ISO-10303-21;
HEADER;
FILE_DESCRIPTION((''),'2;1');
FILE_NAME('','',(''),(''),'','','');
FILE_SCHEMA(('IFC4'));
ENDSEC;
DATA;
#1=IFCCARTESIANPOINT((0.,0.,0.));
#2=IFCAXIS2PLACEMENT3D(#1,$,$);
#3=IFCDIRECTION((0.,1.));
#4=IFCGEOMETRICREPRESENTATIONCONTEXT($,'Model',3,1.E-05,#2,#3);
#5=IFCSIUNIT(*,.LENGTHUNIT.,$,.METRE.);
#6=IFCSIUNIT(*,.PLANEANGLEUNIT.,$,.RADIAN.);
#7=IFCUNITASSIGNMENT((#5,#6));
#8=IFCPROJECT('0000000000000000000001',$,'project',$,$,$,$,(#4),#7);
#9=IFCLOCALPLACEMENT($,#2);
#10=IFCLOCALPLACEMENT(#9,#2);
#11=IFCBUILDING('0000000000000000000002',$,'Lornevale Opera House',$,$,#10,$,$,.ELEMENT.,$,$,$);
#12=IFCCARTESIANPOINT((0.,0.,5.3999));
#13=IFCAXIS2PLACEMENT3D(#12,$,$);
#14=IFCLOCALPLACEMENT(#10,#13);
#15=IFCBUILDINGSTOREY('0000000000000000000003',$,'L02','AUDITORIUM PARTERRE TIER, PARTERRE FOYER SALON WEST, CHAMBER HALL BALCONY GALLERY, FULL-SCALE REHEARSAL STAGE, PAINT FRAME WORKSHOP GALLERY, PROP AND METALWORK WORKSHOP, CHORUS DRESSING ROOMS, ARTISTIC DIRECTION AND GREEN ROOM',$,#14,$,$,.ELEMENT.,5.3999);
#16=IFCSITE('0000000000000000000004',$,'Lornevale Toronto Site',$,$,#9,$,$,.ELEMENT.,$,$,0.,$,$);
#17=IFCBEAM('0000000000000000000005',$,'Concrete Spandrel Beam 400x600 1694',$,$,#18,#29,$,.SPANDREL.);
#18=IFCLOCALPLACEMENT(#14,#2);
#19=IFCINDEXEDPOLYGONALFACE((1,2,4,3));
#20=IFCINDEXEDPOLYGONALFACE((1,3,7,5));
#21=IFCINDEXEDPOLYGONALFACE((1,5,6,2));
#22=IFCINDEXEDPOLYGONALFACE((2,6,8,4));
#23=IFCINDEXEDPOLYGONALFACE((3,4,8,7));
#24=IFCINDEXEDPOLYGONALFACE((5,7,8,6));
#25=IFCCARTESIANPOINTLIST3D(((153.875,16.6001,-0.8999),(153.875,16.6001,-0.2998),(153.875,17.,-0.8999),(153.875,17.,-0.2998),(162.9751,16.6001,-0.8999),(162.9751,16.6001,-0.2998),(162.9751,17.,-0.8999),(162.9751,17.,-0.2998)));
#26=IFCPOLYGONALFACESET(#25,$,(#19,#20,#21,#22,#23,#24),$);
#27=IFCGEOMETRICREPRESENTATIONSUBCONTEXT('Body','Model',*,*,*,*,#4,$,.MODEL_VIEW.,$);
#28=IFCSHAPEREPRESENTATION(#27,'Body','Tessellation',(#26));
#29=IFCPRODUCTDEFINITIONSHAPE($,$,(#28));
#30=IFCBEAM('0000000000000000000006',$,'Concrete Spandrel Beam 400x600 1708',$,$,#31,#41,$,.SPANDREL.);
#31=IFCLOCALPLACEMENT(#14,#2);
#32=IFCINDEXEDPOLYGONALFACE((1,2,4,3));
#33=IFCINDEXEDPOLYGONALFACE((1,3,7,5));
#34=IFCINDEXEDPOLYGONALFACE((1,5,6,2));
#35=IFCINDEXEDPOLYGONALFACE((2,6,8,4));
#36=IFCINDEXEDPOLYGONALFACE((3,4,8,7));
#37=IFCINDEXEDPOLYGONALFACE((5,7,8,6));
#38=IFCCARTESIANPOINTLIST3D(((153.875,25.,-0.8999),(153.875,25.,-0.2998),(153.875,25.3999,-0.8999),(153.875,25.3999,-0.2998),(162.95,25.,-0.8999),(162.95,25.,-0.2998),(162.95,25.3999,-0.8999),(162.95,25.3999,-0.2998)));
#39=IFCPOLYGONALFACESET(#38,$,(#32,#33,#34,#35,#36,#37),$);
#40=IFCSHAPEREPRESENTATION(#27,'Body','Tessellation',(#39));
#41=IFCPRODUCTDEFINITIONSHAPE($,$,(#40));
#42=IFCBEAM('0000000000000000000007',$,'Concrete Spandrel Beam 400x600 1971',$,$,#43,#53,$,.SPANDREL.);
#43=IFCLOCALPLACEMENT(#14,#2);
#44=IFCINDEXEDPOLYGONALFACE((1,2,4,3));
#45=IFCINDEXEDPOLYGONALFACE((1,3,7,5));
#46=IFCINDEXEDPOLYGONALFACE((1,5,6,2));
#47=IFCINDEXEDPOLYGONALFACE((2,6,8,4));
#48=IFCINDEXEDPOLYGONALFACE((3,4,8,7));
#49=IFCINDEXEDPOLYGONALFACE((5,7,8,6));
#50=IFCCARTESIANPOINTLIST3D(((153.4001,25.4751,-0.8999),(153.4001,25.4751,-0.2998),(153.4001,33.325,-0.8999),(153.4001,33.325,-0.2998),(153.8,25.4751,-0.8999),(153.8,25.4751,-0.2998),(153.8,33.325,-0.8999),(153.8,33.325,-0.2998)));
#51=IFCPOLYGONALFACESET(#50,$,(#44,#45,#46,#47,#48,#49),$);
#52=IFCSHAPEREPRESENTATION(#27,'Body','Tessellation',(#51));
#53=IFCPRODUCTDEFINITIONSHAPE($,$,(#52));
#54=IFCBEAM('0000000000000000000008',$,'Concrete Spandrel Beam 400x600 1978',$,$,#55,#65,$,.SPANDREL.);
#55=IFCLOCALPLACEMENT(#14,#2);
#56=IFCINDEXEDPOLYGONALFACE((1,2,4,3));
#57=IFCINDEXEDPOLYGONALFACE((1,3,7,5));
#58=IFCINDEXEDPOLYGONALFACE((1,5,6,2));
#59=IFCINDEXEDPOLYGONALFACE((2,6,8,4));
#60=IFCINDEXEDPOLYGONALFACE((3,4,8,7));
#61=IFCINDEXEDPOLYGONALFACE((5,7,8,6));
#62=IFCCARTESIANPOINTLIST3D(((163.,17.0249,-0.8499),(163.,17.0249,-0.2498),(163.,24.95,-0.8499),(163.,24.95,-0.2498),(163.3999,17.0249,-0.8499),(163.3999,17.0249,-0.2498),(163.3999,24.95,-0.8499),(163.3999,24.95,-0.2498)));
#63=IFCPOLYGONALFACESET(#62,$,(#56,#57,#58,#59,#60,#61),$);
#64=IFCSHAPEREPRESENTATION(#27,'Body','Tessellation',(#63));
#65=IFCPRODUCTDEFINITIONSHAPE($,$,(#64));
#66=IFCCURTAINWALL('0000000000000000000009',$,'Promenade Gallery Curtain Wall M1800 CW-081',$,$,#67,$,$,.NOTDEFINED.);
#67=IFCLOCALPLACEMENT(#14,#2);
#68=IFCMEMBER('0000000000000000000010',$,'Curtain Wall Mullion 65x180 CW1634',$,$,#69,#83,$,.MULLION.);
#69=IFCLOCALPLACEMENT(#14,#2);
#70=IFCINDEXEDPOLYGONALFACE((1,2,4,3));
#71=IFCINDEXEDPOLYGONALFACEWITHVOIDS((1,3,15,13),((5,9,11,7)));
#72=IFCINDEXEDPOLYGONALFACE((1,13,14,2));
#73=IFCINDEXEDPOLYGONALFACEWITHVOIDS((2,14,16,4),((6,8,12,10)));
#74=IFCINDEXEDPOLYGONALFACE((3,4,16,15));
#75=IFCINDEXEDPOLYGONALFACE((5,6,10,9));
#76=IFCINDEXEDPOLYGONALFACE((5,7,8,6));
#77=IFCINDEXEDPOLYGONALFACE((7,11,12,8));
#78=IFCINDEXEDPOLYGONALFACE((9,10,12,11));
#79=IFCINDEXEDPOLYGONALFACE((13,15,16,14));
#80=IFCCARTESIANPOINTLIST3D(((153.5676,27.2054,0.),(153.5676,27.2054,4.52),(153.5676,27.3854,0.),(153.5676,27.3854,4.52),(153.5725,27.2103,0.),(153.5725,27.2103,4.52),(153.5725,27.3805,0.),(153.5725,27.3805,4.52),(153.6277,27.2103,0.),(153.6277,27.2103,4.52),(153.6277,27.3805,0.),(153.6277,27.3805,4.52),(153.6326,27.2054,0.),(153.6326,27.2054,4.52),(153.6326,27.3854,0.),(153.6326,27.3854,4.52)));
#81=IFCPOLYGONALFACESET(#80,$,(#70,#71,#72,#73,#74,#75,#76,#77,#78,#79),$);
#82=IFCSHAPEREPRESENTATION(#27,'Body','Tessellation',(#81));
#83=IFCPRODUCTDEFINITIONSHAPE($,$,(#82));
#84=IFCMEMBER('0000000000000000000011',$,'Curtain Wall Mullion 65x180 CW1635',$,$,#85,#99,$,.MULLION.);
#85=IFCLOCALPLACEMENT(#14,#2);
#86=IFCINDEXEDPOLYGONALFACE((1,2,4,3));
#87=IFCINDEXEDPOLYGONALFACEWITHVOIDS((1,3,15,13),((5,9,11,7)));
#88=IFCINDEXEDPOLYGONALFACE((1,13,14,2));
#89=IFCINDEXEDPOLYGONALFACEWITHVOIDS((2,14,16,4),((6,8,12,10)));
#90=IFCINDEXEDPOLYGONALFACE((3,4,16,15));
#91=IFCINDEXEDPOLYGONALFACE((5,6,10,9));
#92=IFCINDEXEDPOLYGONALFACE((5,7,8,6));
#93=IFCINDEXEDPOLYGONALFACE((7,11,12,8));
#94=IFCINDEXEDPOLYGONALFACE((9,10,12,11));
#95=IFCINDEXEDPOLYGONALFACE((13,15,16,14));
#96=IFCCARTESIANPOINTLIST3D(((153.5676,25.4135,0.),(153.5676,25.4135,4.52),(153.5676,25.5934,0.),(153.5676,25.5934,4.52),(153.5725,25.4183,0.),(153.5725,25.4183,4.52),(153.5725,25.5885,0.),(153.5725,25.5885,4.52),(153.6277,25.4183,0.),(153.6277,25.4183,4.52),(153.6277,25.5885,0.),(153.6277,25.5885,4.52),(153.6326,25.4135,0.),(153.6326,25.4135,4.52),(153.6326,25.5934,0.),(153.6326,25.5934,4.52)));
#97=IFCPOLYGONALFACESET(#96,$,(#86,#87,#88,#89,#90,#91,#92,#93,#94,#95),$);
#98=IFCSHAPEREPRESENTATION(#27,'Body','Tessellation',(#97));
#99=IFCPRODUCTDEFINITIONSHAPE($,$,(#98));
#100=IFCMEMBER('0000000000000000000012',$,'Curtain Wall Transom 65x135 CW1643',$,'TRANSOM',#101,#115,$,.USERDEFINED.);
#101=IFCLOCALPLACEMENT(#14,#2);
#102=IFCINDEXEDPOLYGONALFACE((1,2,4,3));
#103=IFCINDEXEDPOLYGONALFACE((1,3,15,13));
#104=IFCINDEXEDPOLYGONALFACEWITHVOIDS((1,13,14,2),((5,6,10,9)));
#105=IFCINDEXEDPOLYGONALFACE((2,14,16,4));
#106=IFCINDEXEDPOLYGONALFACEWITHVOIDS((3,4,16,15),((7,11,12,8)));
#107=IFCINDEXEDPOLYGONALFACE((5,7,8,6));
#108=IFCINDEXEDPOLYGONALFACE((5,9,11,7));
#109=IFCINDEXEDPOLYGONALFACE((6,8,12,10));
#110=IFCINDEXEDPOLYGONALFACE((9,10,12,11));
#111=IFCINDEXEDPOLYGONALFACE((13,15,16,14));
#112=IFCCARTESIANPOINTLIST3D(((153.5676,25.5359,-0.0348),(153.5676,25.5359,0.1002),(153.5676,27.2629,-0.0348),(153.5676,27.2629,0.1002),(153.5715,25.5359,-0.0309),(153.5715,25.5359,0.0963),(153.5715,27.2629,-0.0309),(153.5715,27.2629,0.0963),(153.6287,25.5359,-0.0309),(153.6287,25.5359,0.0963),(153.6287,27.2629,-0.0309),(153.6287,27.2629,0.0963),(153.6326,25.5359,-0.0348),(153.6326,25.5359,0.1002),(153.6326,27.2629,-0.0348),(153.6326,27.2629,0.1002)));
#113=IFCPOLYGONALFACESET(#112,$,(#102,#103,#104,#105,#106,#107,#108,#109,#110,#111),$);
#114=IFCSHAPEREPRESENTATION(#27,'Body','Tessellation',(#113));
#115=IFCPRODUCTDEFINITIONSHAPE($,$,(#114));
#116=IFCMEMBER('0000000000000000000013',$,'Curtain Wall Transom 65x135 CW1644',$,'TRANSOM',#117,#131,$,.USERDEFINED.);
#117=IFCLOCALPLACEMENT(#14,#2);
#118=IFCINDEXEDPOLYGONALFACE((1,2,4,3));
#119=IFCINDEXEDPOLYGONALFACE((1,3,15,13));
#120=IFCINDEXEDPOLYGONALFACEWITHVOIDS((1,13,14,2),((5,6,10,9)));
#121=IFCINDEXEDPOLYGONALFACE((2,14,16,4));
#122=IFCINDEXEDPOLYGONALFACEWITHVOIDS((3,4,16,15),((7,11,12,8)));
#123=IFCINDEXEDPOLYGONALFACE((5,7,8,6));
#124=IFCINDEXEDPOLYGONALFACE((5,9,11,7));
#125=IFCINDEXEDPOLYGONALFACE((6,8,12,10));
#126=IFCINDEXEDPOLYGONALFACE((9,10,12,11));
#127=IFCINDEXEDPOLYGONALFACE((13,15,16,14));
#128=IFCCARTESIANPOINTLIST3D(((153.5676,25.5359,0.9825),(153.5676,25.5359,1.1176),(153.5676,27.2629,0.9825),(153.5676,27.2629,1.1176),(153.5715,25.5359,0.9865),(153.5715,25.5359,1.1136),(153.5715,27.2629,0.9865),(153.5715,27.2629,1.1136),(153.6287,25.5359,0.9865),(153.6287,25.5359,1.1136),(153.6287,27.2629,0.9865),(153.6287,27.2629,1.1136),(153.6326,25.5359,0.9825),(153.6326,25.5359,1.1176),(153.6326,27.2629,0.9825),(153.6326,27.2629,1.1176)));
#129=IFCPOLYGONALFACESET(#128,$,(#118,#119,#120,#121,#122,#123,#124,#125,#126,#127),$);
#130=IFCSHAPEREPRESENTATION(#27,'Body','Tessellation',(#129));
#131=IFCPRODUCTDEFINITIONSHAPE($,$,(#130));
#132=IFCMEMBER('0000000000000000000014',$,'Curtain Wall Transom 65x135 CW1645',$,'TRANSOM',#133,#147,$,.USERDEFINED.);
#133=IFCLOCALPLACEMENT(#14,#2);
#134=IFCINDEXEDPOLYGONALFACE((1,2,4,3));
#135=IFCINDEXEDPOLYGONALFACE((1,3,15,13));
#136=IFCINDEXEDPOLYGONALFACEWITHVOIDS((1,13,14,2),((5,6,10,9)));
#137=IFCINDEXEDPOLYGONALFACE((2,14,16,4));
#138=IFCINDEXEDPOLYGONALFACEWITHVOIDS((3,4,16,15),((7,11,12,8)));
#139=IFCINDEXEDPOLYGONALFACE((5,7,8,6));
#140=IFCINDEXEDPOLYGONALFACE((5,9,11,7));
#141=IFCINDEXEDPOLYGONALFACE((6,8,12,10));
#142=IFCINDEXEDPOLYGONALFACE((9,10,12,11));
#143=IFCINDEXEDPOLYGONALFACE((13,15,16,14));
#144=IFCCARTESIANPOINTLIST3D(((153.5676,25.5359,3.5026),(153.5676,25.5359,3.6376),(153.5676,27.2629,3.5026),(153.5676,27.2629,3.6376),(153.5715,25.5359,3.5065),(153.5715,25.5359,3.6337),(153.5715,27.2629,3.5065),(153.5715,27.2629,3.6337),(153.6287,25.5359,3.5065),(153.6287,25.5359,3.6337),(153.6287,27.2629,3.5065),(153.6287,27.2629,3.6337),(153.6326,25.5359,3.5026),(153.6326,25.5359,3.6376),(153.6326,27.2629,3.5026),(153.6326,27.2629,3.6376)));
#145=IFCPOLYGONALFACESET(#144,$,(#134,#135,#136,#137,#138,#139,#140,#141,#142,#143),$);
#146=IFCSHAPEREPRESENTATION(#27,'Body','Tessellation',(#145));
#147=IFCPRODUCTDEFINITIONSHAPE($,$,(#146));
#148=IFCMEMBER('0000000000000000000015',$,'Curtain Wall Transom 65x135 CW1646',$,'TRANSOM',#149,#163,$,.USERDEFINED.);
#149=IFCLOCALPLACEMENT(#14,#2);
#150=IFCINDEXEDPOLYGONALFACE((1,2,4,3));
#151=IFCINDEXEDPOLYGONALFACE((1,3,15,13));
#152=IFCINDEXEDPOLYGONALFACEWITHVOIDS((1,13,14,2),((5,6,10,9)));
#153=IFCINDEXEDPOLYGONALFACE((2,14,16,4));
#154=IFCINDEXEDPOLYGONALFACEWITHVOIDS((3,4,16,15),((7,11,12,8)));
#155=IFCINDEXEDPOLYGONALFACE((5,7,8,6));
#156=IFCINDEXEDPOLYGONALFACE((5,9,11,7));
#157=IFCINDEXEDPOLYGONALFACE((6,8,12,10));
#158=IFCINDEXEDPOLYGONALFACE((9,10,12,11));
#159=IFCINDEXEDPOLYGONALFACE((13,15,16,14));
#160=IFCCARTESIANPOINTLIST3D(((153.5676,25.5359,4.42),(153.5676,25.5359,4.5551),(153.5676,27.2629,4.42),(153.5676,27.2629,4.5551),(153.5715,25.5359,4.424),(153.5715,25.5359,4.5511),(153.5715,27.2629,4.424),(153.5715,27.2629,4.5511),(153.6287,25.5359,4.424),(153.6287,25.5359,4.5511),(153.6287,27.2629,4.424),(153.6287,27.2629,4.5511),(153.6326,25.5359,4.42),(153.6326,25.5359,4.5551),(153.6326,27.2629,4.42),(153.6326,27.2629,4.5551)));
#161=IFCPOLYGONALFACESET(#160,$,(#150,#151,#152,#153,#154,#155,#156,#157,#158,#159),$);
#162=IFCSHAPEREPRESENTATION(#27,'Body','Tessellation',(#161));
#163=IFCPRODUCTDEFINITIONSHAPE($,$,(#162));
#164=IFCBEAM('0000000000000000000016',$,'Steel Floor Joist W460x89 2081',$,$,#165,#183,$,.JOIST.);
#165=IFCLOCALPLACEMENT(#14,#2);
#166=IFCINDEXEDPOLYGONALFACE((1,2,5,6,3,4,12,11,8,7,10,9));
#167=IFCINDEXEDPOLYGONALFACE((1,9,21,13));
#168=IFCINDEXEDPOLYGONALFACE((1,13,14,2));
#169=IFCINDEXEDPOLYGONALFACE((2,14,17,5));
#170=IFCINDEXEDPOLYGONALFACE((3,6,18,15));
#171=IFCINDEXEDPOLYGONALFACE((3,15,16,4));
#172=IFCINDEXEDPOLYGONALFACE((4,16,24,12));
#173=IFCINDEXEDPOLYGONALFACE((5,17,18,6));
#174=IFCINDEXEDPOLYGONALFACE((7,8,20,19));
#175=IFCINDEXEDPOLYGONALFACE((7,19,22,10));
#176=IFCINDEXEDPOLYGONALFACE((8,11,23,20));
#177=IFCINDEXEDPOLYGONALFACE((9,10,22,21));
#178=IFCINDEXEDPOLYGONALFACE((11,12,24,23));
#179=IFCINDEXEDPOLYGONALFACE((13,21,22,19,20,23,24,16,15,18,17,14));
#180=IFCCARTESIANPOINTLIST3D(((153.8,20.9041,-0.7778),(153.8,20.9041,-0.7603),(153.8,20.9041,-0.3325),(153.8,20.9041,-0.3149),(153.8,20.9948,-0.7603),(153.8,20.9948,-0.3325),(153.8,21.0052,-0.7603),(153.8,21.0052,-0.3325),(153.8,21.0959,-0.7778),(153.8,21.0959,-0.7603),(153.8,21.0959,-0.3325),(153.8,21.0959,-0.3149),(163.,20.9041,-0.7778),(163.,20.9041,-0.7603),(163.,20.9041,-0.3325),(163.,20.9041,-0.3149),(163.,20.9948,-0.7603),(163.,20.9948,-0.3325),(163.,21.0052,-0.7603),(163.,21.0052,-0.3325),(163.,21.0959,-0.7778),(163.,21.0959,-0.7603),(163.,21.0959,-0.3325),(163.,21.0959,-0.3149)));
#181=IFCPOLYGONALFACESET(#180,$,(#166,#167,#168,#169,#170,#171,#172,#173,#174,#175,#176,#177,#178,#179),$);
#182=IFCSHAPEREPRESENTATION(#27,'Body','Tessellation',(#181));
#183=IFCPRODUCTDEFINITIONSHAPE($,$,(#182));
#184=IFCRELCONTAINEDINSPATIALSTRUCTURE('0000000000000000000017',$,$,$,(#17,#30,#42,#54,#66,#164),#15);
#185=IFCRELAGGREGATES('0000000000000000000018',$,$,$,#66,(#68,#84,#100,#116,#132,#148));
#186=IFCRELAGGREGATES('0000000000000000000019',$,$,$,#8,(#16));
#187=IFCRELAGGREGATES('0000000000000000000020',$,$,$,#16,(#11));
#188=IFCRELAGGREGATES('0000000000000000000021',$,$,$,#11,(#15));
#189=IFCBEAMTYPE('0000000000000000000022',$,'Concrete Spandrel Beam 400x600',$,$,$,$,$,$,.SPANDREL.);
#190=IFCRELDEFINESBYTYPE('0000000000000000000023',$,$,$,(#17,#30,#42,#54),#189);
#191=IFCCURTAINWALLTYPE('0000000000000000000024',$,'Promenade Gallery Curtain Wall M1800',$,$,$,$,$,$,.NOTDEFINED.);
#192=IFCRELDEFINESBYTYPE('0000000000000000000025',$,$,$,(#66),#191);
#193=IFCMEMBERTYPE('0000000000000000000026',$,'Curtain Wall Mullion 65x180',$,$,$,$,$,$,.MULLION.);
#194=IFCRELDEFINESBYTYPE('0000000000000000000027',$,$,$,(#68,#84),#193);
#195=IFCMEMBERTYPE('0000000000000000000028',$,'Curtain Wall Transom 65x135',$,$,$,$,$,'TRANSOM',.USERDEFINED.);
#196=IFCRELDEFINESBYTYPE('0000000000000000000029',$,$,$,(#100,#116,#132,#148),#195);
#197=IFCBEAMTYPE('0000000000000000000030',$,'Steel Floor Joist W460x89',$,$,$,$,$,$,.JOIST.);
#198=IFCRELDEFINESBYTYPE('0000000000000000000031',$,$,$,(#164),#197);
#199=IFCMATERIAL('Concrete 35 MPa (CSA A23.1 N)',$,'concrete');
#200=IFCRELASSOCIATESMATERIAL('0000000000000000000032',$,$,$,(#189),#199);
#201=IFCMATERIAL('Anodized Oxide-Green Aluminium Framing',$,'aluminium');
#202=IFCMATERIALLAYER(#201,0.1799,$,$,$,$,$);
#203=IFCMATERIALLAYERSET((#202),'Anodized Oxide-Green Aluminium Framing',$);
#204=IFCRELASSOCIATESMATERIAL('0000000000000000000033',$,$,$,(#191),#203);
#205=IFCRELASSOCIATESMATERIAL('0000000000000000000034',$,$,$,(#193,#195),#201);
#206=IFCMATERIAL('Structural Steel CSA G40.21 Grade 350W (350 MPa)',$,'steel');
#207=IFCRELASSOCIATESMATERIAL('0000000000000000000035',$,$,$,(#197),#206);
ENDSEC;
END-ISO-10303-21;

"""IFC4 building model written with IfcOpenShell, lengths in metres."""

from ifc_helpers import new_model, si_unit, direction, frame, origin, origin_2d, place, context, subcontext, project, spatial, rectangle, hollow_rectangle, i_section, extrude, material, layer, layer_set, material_profile, profile_set, type_object, element, aggregate, save


model = new_model("IFC4")

# Units and contexts
model_context = context("Model", 3, precision=1e-05, world=origin(), true_north=direction((0.0, 1.0)))
body_context = subcontext(model_context, "Body", "Model", "MODEL_VIEW")
ifc_project = project(units=[si_unit("LENGTHUNIT", "METRE"), si_unit("PLANEANGLEUNIT", "RADIAN")], contexts=[model_context])

# Site, building, storey
site_placement = place(None, origin())
site = spatial("IfcSite", under=ifc_project, at=site_placement, Name="Lornevale Toronto Site", CompositionType="ELEMENT", RefElevation=0.0)
building_placement = place(site_placement, origin())
building = spatial("IfcBuilding", under=site, at=building_placement, Name="Lornevale Opera House", CompositionType="ELEMENT")
storey_placement = place(building_placement, frame((0.0, 0.0, 5.3999)))
storey = spatial("IfcBuildingStorey", under=building, at=storey_placement, Name="L02", Description="AUDITORIUM PARTERRE TIER, PARTERRE FOYER SALON WEST, CHAMBER HALL BALCONY GALLERY, FULL-SCALE REHEARSAL STAGE, PAINT FRAME WORKSHOP GALLERY, PROP AND METALWORK WORKSHOP, CHORUS DRESSING ROOMS, ARTISTIC DIRECTION AND GREEN ROOM", CompositionType="ELEMENT", Elevation=5.3999)

# Beams
ifc_material_1 = material(Name="Concrete 35 MPa (CSA A23.1 N)", Category="concrete")
ifc_material_profile_1 = material_profile(ifc_material_1, rectangle(XDim=0.3999, YDim=0.6001, at=origin_2d()), Name="RC400x600")
ifc_profile_set_1 = profile_set([ifc_material_profile_1], Name="Concrete 35 MPa (CSA A23.1 N)")
beam_type_1 = type_object("IfcBeamType", Name="Concrete Spandrel Beam 400x600", PredefinedType="SPANDREL", material=ifc_profile_set_1)
beam_1_placement = place(storey_placement, frame((153.875, 16.8, -0.5999), z_axis=(1.0, 0.0, 0.0), x_axis=(0.0, 1.0, 0.0)))
element("IfcBeam", 1, at=beam_1_placement, inside=storey, type_object=beam_type_1, Name="Concrete Spandrel Beam 400x600 1694", PredefinedType="SPANDREL", context=body_context, shape_type="SweptSolid", body=[
    extrude(rectangle(XDim=0.3999, YDim=0.6001, at=origin_2d()), origin(), (0.0, 0.0, 1.0), 9.1001),
])
beam_2_placement = place(storey_placement, frame((153.875, 25.2, -0.5999), z_axis=(1.0, 0.0, 0.0), x_axis=(0.0, 1.0, 0.0)))
element("IfcBeam", 2, at=beam_2_placement, inside=storey, type_object=beam_type_1, Name="Concrete Spandrel Beam 400x600 1708", PredefinedType="SPANDREL", context=body_context, shape_type="SweptSolid", body=[
    extrude(rectangle(XDim=0.3999, YDim=0.6001, at=origin_2d()), origin(), (0.0, 0.0, 1.0), 9.075),
])
beam_3_placement = place(storey_placement, frame((153.6001, 25.4751, -0.5999), z_axis=(0.0, 1.0, 0.0), x_axis=(-1.0, 0.0, 0.0)))
element("IfcBeam", 3, at=beam_3_placement, inside=storey, type_object=beam_type_1, Name="Concrete Spandrel Beam 400x600 1971", PredefinedType="SPANDREL", context=body_context, shape_type="SweptSolid", body=[
    extrude(rectangle(XDim=0.3999, YDim=0.6001, at=origin_2d()), origin(), (0.0, 0.0, 1.0), 7.8499),
])
beam_4_placement = place(storey_placement, frame((163.2, 17.0249, -0.5498), z_axis=(0.0, 1.0, 0.0), x_axis=(-1.0, 0.0, 0.0)))
element("IfcBeam", 4, at=beam_4_placement, inside=storey, type_object=beam_type_1, Name="Concrete Spandrel Beam 400x600 1978", PredefinedType="SPANDREL", context=body_context, shape_type="SweptSolid", body=[
    extrude(rectangle(XDim=0.3999, YDim=0.6001, at=origin_2d()), origin(), (0.0, 0.0, 1.0), 7.925),
])

# Curtain wall, members
ifc_material_2 = material(Name="Anodized Oxide-Green Aluminium Framing", Category="aluminium")
ifc_layer_1 = layer(ifc_material_2, 0.1799)
ifc_layer_set_1 = layer_set([ifc_layer_1], Name="Anodized Oxide-Green Aluminium Framing")
curtain_wall_type = type_object("IfcCurtainWallType", Name="Promenade Gallery Curtain Wall M1800", PredefinedType="NOTDEFINED", material=ifc_layer_set_1)
curtain_wall_placement = place(storey_placement, origin())
curtain_wall = element("IfcCurtainWall", 5, at=curtain_wall_placement, inside=storey, type_object=curtain_wall_type, Name="Promenade Gallery Curtain Wall M1800 CW-081", PredefinedType="NOTDEFINED")
ifc_material_profile_2 = material_profile(ifc_material_2, hollow_rectangle(XDim=0.0649, YDim=0.1799, WallThickness=0.0049, at=origin_2d()), Name="ALU65x180x5")
ifc_profile_set_2 = profile_set([ifc_material_profile_2], Name="Anodized Oxide-Green Aluminium Framing")
member_type_1 = type_object("IfcMemberType", Name="Curtain Wall Mullion 65x180", PredefinedType="MULLION", material=ifc_profile_set_2)
member_1_placement = place(storey_placement, frame((153.6001, 27.2954, 0.0), z_axis=(0.0, 0.0, 1.0), x_axis=(1.0, 0.0, 0.0)))
member_1 = element("IfcMember", 6, at=member_1_placement, type_object=member_type_1, Name="Curtain Wall Mullion 65x180 CW1634", PredefinedType="MULLION", context=body_context, shape_type="SweptSolid", body=[
    extrude(hollow_rectangle(XDim=0.0649, YDim=0.1799, WallThickness=0.0049, at=origin_2d()), origin(), (0.0, 0.0, 1.0), 4.52),
])
member_2_placement = place(storey_placement, frame((153.6001, 25.5034, 0.0), z_axis=(0.0, 0.0, 1.0), x_axis=(1.0, 0.0, 0.0)))
member_2 = element("IfcMember", 7, at=member_2_placement, type_object=member_type_1, Name="Curtain Wall Mullion 65x180 CW1635", PredefinedType="MULLION", context=body_context, shape_type="SweptSolid", body=[
    extrude(hollow_rectangle(XDim=0.0649, YDim=0.1799, WallThickness=0.0049, at=origin_2d()), origin(), (0.0, 0.0, 1.0), 4.52),
])
ifc_material_profile_3 = material_profile(ifc_material_2, hollow_rectangle(XDim=0.0649, YDim=0.135, WallThickness=0.0039, at=origin_2d()), Name="ALU65x135x4")
ifc_profile_set_3 = profile_set([ifc_material_profile_3], Name="Anodized Oxide-Green Aluminium Framing")
member_type_2 = type_object("IfcMemberType", Name="Curtain Wall Transom 65x135", ElementType="TRANSOM", PredefinedType="USERDEFINED", material=ifc_profile_set_3)
member_3_placement = place(storey_placement, frame((153.6001, 27.2629, 0.0327), z_axis=(0.0, -1.0, 0.0), x_axis=(1.0, 0.0, 0.0)))
member_3 = element("IfcMember", 8, at=member_3_placement, type_object=member_type_2, Name="Curtain Wall Transom 65x135 CW1643", ObjectType="TRANSOM", PredefinedType="USERDEFINED", context=body_context, shape_type="SweptSolid", body=[
    extrude(hollow_rectangle(XDim=0.0649, YDim=0.135, WallThickness=0.0039, at=origin_2d()), origin(), (0.0, 0.0, 1.0), 1.7271),
])
member_4_placement = place(storey_placement, frame((153.6001, 27.2629, 1.05), z_axis=(0.0, -1.0, 0.0), x_axis=(1.0, 0.0, 0.0)))
member_4 = element("IfcMember", 9, at=member_4_placement, type_object=member_type_2, Name="Curtain Wall Transom 65x135 CW1644", ObjectType="TRANSOM", PredefinedType="USERDEFINED", context=body_context, shape_type="SweptSolid", body=[
    extrude(hollow_rectangle(XDim=0.0649, YDim=0.135, WallThickness=0.0039, at=origin_2d()), origin(), (0.0, 0.0, 1.0), 1.7271),
])
member_5_placement = place(storey_placement, frame((153.6001, 27.2629, 3.5701), z_axis=(0.0, -1.0, 0.0), x_axis=(1.0, 0.0, 0.0)))
member_5 = element("IfcMember", 10, at=member_5_placement, type_object=member_type_2, Name="Curtain Wall Transom 65x135 CW1645", ObjectType="TRANSOM", PredefinedType="USERDEFINED", context=body_context, shape_type="SweptSolid", body=[
    extrude(hollow_rectangle(XDim=0.0649, YDim=0.135, WallThickness=0.0039, at=origin_2d()), origin(), (0.0, 0.0, 1.0), 1.7271),
])
member_6_placement = place(storey_placement, frame((153.6001, 27.2629, 4.4875), z_axis=(0.0, -1.0, 0.0), x_axis=(1.0, 0.0, 0.0)))
member_6 = element("IfcMember", 11, at=member_6_placement, type_object=member_type_2, Name="Curtain Wall Transom 65x135 CW1646", ObjectType="TRANSOM", PredefinedType="USERDEFINED", context=body_context, shape_type="SweptSolid", body=[
    extrude(hollow_rectangle(XDim=0.0649, YDim=0.135, WallThickness=0.0039, at=origin_2d()), origin(), (0.0, 0.0, 1.0), 1.7271),
])

# Beam
ifc_material_3 = material(Name="Structural Steel CSA G40.21 Grade 350W (350 MPa)", Category="steel")
ifc_material_profile_4 = material_profile(ifc_material_3, i_section(OverallWidth=0.1919, OverallDepth=0.4629, WebThickness=0.0105, FlangeThickness=0.0176, at=origin_2d()), Name="W460x89")
ifc_profile_set_4 = profile_set([ifc_material_profile_4], Name="Structural Steel CSA G40.21 Grade 350W (350 MPa)")
beam_type_2 = type_object("IfcBeamType", Name="Steel Floor Joist W460x89", PredefinedType="JOIST", material=ifc_profile_set_4)
beam_5_placement = place(storey_placement, frame((153.8, 21.0, -0.5464), z_axis=(1.0, 0.0, 0.0), x_axis=(0.0, 1.0, 0.0)))
element("IfcBeam", 12, at=beam_5_placement, inside=storey, type_object=beam_type_2, Name="Steel Floor Joist W460x89 2081", PredefinedType="JOIST", context=body_context, shape_type="SweptSolid", body=[
    extrude(i_section(OverallWidth=0.1919, OverallDepth=0.4629, WebThickness=0.0105, FlangeThickness=0.0176, at=origin_2d()), origin(), (0.0, 0.0, 1.0), 9.2),
])

aggregate(curtain_wall, [member_1, member_2, member_3, member_4, member_5, member_6])

save(model, "model.ifc")
